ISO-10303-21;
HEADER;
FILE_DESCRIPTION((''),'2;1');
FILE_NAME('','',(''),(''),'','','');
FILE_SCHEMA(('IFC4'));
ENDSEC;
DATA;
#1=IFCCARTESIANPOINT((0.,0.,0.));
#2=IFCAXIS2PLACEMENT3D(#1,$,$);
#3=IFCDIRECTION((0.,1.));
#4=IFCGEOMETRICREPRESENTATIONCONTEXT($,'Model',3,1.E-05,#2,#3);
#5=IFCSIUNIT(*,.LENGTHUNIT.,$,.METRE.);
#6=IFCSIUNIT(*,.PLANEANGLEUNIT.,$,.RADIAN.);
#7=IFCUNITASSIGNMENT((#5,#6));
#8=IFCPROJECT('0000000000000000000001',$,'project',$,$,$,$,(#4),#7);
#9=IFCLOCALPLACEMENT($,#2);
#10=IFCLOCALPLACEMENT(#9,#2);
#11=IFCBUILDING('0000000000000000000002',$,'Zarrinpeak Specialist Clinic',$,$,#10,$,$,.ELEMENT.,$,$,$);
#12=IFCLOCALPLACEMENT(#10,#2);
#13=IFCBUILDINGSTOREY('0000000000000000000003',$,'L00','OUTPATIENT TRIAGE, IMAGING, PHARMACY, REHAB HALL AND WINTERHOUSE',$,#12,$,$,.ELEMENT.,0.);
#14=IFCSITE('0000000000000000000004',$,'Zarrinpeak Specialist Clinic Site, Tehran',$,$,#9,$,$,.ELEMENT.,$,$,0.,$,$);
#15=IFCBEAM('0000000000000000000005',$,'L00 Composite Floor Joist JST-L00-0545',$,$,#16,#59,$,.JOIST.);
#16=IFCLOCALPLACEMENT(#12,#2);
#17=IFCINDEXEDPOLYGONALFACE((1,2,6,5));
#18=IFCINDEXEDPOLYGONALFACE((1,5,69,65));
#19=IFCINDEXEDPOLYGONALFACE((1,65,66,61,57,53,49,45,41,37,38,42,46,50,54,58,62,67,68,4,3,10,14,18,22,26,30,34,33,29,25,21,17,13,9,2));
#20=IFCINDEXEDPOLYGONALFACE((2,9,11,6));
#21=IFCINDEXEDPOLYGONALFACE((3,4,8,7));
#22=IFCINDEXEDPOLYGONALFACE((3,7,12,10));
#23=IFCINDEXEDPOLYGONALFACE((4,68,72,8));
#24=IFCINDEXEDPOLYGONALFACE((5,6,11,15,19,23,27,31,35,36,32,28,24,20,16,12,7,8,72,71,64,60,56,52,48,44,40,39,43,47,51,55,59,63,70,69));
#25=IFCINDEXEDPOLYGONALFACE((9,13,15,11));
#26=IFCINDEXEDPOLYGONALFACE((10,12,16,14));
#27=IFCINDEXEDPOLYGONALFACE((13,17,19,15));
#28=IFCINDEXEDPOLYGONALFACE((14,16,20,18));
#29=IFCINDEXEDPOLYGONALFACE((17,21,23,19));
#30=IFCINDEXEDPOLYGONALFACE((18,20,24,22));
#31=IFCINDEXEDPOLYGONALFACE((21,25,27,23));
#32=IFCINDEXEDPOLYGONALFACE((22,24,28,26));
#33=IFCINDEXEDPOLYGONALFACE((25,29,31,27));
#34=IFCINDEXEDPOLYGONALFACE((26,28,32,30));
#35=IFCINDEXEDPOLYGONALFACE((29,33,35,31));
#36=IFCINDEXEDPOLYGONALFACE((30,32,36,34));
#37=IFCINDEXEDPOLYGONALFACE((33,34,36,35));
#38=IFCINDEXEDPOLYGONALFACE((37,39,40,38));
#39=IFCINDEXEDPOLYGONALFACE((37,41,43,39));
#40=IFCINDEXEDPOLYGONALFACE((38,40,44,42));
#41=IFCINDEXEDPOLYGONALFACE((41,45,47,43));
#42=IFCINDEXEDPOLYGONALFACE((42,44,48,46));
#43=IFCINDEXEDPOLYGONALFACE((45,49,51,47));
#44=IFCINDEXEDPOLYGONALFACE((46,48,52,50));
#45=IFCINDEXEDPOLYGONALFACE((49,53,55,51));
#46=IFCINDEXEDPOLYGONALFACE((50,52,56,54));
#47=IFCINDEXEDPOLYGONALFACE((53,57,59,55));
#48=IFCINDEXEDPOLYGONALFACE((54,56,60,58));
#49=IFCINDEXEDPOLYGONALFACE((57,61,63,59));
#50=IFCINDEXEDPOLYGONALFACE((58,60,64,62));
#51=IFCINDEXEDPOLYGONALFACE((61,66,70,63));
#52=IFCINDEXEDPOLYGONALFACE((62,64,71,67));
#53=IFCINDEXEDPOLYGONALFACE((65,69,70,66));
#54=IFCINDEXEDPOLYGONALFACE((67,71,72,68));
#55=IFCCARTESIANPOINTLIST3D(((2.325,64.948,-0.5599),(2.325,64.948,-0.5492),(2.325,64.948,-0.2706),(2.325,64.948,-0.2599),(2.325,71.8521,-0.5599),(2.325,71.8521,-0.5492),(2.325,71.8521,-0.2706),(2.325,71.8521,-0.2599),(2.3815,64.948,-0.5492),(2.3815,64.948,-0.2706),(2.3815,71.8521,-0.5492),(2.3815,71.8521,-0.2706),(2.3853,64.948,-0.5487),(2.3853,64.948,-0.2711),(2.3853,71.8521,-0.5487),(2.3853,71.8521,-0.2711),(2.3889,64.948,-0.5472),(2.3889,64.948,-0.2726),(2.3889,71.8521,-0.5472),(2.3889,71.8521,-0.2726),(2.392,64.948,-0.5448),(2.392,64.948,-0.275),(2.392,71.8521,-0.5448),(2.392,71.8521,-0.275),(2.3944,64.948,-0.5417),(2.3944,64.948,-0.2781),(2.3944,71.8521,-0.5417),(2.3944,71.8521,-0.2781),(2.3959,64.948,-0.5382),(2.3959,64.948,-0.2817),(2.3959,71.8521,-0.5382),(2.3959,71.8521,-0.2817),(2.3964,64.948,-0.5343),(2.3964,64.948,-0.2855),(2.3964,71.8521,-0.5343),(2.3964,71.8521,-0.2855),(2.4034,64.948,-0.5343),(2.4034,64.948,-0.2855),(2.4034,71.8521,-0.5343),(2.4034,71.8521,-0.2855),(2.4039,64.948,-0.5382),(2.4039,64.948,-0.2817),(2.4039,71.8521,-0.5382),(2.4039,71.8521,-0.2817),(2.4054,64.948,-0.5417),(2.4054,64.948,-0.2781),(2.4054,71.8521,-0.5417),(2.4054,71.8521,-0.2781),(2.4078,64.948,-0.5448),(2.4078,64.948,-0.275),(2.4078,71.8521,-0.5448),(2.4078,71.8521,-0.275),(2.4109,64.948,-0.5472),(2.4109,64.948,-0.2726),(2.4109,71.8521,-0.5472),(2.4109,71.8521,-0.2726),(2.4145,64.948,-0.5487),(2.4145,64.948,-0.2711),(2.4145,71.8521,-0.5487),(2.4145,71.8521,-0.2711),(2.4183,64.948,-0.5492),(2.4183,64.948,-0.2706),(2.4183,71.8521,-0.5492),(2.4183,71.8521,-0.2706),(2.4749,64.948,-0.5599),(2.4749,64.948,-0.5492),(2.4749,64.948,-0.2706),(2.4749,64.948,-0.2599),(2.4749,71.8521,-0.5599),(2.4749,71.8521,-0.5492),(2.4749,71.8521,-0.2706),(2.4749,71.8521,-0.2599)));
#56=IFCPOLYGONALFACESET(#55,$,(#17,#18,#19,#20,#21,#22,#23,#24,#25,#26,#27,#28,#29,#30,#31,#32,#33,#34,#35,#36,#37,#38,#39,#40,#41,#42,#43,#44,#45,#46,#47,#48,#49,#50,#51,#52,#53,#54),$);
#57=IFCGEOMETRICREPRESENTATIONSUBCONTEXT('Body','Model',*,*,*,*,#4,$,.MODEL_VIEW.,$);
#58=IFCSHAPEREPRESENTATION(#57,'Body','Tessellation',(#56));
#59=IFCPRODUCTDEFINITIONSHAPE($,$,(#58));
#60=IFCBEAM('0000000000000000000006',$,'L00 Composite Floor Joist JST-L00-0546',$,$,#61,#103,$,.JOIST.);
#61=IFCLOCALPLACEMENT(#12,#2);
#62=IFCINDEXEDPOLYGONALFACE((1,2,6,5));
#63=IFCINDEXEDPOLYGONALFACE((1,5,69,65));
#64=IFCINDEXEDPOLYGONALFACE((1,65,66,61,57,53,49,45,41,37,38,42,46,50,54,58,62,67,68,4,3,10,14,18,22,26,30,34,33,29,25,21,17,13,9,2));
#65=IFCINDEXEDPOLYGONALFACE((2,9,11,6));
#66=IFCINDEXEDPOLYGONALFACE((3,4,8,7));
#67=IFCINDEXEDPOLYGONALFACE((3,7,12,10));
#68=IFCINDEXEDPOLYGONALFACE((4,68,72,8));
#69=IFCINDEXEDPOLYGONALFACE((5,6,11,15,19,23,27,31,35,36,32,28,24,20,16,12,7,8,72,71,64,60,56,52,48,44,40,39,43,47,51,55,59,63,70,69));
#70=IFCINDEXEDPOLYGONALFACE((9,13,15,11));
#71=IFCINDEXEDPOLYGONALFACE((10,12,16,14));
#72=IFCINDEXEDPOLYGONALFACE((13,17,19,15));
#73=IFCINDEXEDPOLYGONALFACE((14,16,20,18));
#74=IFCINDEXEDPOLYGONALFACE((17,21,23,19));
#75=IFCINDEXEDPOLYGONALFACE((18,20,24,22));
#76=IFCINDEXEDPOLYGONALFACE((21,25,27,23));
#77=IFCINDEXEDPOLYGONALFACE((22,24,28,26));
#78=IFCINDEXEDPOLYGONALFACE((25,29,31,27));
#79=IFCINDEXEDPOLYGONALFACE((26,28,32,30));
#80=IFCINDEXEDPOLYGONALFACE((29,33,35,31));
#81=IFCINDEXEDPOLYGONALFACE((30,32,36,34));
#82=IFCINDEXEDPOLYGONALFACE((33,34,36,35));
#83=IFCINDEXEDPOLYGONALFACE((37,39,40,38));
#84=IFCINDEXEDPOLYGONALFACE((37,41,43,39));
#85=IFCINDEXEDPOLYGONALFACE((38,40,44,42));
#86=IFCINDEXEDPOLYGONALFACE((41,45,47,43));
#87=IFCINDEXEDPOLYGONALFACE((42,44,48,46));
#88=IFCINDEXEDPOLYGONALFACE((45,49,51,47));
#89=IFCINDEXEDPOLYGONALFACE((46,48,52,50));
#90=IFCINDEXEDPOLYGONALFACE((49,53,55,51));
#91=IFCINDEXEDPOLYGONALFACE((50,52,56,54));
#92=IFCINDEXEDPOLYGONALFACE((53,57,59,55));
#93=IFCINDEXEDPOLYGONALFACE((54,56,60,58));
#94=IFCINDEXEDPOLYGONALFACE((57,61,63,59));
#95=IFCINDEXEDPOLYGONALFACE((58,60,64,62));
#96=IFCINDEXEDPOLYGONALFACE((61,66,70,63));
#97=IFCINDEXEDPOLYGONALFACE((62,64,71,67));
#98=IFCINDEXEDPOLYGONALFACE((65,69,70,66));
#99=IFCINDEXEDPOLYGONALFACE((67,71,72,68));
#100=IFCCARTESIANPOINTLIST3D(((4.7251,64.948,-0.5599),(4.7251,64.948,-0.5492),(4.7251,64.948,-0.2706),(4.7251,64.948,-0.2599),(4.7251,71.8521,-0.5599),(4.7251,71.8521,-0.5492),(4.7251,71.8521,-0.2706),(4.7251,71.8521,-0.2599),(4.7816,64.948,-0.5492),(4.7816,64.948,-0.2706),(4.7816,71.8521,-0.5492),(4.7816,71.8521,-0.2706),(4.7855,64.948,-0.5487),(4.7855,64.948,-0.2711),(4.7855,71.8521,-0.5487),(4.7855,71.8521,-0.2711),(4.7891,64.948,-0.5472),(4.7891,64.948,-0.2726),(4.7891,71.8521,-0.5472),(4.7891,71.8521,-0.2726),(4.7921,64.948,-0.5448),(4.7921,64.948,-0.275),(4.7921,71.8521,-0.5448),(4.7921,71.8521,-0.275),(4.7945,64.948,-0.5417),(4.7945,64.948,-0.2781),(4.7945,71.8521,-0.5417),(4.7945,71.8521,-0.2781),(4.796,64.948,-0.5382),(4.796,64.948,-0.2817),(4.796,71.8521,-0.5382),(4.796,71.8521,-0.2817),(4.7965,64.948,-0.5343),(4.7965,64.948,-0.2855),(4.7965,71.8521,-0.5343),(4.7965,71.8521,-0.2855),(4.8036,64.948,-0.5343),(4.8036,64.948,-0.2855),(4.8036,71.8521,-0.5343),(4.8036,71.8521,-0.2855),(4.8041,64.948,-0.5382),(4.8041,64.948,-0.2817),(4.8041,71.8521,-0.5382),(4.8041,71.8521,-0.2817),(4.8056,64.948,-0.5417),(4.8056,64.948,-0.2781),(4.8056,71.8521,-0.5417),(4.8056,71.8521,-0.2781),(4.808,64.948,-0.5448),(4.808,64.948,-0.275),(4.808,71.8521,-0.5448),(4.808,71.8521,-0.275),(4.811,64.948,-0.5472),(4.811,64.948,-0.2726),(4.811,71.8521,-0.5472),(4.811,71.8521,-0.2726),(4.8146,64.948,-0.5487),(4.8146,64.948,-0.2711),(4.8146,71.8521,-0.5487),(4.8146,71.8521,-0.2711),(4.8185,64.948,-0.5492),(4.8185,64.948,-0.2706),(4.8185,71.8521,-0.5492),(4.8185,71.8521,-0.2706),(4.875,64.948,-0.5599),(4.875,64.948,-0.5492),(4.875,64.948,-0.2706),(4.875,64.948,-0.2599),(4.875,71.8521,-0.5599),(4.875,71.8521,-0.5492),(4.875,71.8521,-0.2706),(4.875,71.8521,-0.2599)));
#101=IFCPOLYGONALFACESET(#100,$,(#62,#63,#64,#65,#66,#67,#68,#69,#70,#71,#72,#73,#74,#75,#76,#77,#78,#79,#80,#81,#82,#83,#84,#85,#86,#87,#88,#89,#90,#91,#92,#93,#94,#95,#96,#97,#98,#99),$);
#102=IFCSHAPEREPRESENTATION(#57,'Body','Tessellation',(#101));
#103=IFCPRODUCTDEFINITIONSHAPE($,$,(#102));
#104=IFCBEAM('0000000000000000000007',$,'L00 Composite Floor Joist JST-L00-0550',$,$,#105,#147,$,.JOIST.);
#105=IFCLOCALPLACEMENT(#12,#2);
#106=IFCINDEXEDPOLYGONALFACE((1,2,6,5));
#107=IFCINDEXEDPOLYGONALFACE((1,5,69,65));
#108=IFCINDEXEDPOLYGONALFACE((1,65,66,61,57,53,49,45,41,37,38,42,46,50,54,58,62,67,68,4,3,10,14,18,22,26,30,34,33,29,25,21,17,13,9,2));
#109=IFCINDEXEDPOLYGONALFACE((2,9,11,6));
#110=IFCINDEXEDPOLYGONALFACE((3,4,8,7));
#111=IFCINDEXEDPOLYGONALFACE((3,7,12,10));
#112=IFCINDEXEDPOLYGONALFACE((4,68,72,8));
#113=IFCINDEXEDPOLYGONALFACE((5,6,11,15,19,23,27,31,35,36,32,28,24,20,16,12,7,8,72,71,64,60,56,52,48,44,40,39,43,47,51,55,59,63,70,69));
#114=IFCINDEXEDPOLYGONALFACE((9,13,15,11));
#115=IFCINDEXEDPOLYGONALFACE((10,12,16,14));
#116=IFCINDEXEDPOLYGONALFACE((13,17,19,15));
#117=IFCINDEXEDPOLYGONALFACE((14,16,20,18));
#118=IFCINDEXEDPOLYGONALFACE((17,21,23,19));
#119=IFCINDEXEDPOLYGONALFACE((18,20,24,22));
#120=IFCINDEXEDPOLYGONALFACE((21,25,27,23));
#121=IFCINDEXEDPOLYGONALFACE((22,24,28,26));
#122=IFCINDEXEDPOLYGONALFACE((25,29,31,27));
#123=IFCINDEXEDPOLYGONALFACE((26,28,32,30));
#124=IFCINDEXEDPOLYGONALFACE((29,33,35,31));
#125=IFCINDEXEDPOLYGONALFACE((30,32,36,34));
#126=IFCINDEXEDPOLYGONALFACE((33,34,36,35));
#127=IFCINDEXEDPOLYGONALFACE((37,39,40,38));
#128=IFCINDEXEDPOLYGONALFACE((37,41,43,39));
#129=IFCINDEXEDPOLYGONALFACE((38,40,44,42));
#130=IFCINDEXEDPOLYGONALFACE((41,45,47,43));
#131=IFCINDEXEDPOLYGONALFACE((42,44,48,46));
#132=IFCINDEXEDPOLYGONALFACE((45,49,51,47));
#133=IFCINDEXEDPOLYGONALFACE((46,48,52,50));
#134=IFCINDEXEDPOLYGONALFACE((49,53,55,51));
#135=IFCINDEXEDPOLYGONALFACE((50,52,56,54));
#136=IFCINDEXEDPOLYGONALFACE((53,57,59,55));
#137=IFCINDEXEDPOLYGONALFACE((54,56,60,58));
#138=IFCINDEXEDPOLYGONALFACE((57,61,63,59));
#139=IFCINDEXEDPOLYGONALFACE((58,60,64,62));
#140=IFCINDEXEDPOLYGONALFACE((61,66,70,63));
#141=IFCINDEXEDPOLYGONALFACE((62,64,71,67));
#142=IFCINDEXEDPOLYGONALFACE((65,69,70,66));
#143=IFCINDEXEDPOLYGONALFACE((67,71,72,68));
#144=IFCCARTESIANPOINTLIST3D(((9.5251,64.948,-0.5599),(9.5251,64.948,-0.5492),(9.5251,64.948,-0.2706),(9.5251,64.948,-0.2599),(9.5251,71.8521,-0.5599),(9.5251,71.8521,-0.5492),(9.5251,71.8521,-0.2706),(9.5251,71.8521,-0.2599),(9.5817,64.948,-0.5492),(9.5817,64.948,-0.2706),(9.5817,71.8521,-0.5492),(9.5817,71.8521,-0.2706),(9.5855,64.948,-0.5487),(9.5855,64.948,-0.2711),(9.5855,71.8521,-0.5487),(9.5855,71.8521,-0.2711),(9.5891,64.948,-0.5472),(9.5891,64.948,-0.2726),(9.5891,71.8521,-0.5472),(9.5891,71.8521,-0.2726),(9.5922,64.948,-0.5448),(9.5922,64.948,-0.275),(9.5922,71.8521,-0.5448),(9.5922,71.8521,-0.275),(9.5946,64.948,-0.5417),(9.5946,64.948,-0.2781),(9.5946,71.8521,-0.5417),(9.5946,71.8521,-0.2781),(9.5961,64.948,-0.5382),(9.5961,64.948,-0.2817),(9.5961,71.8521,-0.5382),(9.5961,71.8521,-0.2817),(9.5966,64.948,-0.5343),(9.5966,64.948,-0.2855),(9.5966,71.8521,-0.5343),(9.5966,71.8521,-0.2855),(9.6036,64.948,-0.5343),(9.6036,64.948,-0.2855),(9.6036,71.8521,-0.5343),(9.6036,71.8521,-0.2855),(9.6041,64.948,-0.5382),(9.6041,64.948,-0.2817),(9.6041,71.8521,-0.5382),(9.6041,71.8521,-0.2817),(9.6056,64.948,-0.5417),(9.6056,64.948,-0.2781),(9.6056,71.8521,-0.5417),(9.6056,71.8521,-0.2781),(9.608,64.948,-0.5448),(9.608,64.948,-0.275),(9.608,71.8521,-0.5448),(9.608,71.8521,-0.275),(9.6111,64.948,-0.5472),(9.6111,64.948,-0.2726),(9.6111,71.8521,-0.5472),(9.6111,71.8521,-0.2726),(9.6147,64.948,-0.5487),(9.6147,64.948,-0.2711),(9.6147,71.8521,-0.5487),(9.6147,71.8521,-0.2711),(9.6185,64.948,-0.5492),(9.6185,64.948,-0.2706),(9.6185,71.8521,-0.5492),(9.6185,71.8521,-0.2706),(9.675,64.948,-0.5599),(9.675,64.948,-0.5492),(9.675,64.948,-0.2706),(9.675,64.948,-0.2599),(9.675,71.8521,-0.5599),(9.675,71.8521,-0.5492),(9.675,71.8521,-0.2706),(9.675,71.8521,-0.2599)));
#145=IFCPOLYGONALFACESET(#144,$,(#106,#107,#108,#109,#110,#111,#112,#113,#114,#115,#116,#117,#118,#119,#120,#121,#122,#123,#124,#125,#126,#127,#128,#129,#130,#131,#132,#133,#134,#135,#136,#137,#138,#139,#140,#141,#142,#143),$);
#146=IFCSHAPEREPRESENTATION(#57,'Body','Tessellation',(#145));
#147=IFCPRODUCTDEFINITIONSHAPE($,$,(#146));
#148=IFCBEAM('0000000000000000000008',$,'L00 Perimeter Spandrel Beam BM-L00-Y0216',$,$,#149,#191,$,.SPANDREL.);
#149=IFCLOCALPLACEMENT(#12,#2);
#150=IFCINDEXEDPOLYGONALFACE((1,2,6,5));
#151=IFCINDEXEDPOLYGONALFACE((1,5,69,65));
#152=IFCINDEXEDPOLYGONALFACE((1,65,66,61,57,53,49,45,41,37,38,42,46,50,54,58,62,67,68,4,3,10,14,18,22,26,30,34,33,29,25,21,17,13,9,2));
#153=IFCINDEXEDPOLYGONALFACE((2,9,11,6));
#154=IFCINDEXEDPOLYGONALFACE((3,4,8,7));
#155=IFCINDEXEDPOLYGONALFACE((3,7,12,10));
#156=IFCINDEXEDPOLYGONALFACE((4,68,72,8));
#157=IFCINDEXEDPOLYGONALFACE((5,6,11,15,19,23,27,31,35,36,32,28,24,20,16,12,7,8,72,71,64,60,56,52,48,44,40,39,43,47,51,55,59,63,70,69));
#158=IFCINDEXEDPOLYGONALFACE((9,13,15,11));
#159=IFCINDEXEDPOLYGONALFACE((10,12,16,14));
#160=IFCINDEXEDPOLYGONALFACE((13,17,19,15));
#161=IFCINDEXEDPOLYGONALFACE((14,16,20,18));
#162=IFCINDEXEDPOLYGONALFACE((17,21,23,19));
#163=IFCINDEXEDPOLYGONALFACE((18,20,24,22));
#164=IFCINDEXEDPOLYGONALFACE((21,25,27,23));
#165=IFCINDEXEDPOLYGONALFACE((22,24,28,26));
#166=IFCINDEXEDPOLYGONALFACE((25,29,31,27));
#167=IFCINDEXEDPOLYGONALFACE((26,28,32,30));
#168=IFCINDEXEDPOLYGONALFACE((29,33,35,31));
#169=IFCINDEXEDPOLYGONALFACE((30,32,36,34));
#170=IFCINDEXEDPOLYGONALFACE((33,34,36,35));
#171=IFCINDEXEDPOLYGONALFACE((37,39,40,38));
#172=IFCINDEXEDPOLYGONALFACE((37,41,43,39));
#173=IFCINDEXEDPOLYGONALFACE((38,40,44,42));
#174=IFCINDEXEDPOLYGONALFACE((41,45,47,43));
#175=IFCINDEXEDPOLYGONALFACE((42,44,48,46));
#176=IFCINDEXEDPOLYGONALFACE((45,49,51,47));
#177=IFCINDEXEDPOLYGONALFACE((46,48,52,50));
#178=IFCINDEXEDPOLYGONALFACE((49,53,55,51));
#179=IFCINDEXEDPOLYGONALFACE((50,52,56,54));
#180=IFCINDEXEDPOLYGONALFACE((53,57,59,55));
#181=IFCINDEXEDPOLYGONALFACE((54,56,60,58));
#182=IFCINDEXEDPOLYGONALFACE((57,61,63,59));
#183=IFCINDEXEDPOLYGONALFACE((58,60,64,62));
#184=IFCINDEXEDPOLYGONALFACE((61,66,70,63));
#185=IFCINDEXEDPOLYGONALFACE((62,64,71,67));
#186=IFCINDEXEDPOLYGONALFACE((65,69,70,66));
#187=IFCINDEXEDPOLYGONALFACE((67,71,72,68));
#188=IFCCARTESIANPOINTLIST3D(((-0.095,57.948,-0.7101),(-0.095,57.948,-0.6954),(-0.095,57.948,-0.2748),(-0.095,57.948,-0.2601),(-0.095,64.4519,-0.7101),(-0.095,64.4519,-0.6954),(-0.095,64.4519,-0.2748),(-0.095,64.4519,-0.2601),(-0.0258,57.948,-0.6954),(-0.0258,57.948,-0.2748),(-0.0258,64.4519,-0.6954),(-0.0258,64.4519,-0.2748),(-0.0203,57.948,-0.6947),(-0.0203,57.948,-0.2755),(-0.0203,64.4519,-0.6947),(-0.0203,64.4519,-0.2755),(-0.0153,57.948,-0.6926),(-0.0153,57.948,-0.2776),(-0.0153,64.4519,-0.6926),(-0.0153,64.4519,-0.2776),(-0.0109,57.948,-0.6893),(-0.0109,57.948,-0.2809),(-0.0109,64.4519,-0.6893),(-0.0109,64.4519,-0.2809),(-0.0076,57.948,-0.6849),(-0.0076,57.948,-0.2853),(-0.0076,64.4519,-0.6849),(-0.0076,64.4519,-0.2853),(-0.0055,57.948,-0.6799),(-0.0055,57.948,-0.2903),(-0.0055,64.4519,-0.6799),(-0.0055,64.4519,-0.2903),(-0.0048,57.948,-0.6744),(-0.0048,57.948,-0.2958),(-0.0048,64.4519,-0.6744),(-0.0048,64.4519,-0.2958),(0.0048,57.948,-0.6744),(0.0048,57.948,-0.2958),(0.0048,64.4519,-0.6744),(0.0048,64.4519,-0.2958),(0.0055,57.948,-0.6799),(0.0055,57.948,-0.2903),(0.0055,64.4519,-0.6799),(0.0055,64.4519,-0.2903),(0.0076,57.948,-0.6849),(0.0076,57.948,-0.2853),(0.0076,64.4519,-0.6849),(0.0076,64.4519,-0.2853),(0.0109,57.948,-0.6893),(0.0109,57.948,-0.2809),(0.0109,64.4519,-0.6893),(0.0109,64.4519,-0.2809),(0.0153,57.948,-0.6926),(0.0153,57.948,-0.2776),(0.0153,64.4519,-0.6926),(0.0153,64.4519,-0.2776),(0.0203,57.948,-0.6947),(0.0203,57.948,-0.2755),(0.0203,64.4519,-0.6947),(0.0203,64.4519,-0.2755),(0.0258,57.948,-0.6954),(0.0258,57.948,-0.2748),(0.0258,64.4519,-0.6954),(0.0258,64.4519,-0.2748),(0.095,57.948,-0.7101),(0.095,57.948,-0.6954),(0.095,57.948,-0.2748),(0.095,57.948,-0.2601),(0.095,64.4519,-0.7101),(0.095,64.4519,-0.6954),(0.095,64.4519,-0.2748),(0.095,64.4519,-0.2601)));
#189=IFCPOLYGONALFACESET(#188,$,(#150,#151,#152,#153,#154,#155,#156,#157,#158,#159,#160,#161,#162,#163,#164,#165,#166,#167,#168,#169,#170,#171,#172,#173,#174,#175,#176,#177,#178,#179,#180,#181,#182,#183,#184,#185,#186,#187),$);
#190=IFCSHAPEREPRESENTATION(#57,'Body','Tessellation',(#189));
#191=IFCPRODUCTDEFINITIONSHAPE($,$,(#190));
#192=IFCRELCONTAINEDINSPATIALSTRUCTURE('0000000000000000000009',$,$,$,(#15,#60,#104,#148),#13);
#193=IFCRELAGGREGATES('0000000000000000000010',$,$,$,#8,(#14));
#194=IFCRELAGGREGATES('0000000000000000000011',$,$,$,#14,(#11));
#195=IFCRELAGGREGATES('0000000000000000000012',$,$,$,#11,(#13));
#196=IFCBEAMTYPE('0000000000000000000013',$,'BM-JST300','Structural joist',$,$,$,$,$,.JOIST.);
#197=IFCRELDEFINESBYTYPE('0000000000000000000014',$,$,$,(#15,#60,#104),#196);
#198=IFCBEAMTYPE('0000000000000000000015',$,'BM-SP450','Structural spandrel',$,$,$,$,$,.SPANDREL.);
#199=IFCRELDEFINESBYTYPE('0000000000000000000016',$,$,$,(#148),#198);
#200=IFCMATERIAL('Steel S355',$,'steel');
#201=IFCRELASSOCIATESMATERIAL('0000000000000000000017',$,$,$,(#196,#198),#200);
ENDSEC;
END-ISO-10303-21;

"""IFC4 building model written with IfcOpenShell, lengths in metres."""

from ifc_helpers import new_model, si_unit, direction, frame, origin, origin_2d, place, context, subcontext, project, spatial, i_section, extrude, material, material_profile, profile_set, type_object, element, save


model = new_model("IFC4")

# Units and contexts
model_context = context("Model", 3, precision=1e-05, world=origin(), true_north=direction((0.0, 1.0)))
body_context = subcontext(model_context, "Body", "Model", "MODEL_VIEW")
ifc_project = project(units=[si_unit("LENGTHUNIT", "METRE"), si_unit("PLANEANGLEUNIT", "RADIAN")], contexts=[model_context])

# Site, building, storey
site_placement = place(None, origin())
site = spatial("IfcSite", under=ifc_project, at=site_placement, Name="Zarrinpeak Specialist Clinic Site, Tehran", CompositionType="ELEMENT", RefElevation=0.0)
building_placement = place(site_placement, origin())
building = spatial("IfcBuilding", under=site, at=building_placement, Name="Zarrinpeak Specialist Clinic", CompositionType="ELEMENT")
storey_placement = place(building_placement, origin())
storey = spatial("IfcBuildingStorey", under=building, at=storey_placement, Name="L00", Description="OUTPATIENT TRIAGE, IMAGING, PHARMACY, REHAB HALL AND WINTERHOUSE", CompositionType="ELEMENT", Elevation=0.0)

# Shared definitions
ifc_material_1 = material(Name="Steel S355", Category="steel")

# Beams
ifc_material_profile_1 = material_profile(ifc_material_1, i_section(OverallWidth=0.1499, OverallDepth=0.3, WebThickness=0.0071, FlangeThickness=0.0107, FilletRadius=0.0149, at=origin_2d()), Name="IPE 300")
ifc_profile_set_1 = profile_set([ifc_material_profile_1], Name="Steel S355")
beam_type_1 = type_object("IfcBeamType", Name="BM-JST300", Description="Structural joist", PredefinedType="JOIST", material=ifc_profile_set_1)
for number, where, z_axis, x_axis, name in (
    (1, (2.3999, 64.948, -0.4099), (0.0, 1.0, 0.0), (-1.0, 0.0, 0.0), "L00 Composite Floor Joist JST-L00-0545"),
    (2, (4.8, 64.948, -0.4099), (0.0, 1.0, 0.0), (-1.0, 0.0, 0.0), "L00 Composite Floor Joist JST-L00-0546"),
    (3, (9.6001, 64.948, -0.4099), (0.0, 1.0, 0.0), (-1.0, 0.0, 0.0), "L00 Composite Floor Joist JST-L00-0550"),
):
    element("IfcBeam", number, at=place(storey_placement, frame(where, z_axis=z_axis, x_axis=x_axis)), inside=storey, type_object=beam_type_1, Name=name, PredefinedType="JOIST", context=body_context, shape_type="SweptSolid", body=[
        extrude(i_section(OverallWidth=0.1499, OverallDepth=0.3, WebThickness=0.0071, FlangeThickness=0.0107, FilletRadius=0.0149, at=origin_2d()), origin(), (0.0, 0.0, 1.0), 6.9041),
    ])
ifc_material_profile_2 = material_profile(ifc_material_1, i_section(OverallWidth=0.1899, OverallDepth=0.45, WebThickness=0.0095, FlangeThickness=0.0146, FilletRadius=0.021, at=origin_2d()), Name="IPE 450")
ifc_profile_set_2 = profile_set([ifc_material_profile_2], Name="Steel S355")
beam_type_2 = type_object("IfcBeamType", Name="BM-SP450", Description="Structural spandrel", PredefinedType="SPANDREL", material=ifc_profile_set_2)
beam_1_placement = place(storey_placement, frame((0.0, 57.948, -0.4851), z_axis=(0.0, 1.0, 0.0), x_axis=(-1.0, 0.0, 0.0)))
element("IfcBeam", 4, at=beam_1_placement, inside=storey, type_object=beam_type_2, Name="L00 Perimeter Spandrel Beam BM-L00-Y0216", PredefinedType="SPANDREL", context=body_context, shape_type="SweptSolid", body=[
    extrude(i_section(OverallWidth=0.1899, OverallDepth=0.45, WebThickness=0.0095, FlangeThickness=0.0146, FilletRadius=0.021, at=origin_2d()), origin(), (0.0, 0.0, 1.0), 6.5039),
])

save(model, "model.ifc")
